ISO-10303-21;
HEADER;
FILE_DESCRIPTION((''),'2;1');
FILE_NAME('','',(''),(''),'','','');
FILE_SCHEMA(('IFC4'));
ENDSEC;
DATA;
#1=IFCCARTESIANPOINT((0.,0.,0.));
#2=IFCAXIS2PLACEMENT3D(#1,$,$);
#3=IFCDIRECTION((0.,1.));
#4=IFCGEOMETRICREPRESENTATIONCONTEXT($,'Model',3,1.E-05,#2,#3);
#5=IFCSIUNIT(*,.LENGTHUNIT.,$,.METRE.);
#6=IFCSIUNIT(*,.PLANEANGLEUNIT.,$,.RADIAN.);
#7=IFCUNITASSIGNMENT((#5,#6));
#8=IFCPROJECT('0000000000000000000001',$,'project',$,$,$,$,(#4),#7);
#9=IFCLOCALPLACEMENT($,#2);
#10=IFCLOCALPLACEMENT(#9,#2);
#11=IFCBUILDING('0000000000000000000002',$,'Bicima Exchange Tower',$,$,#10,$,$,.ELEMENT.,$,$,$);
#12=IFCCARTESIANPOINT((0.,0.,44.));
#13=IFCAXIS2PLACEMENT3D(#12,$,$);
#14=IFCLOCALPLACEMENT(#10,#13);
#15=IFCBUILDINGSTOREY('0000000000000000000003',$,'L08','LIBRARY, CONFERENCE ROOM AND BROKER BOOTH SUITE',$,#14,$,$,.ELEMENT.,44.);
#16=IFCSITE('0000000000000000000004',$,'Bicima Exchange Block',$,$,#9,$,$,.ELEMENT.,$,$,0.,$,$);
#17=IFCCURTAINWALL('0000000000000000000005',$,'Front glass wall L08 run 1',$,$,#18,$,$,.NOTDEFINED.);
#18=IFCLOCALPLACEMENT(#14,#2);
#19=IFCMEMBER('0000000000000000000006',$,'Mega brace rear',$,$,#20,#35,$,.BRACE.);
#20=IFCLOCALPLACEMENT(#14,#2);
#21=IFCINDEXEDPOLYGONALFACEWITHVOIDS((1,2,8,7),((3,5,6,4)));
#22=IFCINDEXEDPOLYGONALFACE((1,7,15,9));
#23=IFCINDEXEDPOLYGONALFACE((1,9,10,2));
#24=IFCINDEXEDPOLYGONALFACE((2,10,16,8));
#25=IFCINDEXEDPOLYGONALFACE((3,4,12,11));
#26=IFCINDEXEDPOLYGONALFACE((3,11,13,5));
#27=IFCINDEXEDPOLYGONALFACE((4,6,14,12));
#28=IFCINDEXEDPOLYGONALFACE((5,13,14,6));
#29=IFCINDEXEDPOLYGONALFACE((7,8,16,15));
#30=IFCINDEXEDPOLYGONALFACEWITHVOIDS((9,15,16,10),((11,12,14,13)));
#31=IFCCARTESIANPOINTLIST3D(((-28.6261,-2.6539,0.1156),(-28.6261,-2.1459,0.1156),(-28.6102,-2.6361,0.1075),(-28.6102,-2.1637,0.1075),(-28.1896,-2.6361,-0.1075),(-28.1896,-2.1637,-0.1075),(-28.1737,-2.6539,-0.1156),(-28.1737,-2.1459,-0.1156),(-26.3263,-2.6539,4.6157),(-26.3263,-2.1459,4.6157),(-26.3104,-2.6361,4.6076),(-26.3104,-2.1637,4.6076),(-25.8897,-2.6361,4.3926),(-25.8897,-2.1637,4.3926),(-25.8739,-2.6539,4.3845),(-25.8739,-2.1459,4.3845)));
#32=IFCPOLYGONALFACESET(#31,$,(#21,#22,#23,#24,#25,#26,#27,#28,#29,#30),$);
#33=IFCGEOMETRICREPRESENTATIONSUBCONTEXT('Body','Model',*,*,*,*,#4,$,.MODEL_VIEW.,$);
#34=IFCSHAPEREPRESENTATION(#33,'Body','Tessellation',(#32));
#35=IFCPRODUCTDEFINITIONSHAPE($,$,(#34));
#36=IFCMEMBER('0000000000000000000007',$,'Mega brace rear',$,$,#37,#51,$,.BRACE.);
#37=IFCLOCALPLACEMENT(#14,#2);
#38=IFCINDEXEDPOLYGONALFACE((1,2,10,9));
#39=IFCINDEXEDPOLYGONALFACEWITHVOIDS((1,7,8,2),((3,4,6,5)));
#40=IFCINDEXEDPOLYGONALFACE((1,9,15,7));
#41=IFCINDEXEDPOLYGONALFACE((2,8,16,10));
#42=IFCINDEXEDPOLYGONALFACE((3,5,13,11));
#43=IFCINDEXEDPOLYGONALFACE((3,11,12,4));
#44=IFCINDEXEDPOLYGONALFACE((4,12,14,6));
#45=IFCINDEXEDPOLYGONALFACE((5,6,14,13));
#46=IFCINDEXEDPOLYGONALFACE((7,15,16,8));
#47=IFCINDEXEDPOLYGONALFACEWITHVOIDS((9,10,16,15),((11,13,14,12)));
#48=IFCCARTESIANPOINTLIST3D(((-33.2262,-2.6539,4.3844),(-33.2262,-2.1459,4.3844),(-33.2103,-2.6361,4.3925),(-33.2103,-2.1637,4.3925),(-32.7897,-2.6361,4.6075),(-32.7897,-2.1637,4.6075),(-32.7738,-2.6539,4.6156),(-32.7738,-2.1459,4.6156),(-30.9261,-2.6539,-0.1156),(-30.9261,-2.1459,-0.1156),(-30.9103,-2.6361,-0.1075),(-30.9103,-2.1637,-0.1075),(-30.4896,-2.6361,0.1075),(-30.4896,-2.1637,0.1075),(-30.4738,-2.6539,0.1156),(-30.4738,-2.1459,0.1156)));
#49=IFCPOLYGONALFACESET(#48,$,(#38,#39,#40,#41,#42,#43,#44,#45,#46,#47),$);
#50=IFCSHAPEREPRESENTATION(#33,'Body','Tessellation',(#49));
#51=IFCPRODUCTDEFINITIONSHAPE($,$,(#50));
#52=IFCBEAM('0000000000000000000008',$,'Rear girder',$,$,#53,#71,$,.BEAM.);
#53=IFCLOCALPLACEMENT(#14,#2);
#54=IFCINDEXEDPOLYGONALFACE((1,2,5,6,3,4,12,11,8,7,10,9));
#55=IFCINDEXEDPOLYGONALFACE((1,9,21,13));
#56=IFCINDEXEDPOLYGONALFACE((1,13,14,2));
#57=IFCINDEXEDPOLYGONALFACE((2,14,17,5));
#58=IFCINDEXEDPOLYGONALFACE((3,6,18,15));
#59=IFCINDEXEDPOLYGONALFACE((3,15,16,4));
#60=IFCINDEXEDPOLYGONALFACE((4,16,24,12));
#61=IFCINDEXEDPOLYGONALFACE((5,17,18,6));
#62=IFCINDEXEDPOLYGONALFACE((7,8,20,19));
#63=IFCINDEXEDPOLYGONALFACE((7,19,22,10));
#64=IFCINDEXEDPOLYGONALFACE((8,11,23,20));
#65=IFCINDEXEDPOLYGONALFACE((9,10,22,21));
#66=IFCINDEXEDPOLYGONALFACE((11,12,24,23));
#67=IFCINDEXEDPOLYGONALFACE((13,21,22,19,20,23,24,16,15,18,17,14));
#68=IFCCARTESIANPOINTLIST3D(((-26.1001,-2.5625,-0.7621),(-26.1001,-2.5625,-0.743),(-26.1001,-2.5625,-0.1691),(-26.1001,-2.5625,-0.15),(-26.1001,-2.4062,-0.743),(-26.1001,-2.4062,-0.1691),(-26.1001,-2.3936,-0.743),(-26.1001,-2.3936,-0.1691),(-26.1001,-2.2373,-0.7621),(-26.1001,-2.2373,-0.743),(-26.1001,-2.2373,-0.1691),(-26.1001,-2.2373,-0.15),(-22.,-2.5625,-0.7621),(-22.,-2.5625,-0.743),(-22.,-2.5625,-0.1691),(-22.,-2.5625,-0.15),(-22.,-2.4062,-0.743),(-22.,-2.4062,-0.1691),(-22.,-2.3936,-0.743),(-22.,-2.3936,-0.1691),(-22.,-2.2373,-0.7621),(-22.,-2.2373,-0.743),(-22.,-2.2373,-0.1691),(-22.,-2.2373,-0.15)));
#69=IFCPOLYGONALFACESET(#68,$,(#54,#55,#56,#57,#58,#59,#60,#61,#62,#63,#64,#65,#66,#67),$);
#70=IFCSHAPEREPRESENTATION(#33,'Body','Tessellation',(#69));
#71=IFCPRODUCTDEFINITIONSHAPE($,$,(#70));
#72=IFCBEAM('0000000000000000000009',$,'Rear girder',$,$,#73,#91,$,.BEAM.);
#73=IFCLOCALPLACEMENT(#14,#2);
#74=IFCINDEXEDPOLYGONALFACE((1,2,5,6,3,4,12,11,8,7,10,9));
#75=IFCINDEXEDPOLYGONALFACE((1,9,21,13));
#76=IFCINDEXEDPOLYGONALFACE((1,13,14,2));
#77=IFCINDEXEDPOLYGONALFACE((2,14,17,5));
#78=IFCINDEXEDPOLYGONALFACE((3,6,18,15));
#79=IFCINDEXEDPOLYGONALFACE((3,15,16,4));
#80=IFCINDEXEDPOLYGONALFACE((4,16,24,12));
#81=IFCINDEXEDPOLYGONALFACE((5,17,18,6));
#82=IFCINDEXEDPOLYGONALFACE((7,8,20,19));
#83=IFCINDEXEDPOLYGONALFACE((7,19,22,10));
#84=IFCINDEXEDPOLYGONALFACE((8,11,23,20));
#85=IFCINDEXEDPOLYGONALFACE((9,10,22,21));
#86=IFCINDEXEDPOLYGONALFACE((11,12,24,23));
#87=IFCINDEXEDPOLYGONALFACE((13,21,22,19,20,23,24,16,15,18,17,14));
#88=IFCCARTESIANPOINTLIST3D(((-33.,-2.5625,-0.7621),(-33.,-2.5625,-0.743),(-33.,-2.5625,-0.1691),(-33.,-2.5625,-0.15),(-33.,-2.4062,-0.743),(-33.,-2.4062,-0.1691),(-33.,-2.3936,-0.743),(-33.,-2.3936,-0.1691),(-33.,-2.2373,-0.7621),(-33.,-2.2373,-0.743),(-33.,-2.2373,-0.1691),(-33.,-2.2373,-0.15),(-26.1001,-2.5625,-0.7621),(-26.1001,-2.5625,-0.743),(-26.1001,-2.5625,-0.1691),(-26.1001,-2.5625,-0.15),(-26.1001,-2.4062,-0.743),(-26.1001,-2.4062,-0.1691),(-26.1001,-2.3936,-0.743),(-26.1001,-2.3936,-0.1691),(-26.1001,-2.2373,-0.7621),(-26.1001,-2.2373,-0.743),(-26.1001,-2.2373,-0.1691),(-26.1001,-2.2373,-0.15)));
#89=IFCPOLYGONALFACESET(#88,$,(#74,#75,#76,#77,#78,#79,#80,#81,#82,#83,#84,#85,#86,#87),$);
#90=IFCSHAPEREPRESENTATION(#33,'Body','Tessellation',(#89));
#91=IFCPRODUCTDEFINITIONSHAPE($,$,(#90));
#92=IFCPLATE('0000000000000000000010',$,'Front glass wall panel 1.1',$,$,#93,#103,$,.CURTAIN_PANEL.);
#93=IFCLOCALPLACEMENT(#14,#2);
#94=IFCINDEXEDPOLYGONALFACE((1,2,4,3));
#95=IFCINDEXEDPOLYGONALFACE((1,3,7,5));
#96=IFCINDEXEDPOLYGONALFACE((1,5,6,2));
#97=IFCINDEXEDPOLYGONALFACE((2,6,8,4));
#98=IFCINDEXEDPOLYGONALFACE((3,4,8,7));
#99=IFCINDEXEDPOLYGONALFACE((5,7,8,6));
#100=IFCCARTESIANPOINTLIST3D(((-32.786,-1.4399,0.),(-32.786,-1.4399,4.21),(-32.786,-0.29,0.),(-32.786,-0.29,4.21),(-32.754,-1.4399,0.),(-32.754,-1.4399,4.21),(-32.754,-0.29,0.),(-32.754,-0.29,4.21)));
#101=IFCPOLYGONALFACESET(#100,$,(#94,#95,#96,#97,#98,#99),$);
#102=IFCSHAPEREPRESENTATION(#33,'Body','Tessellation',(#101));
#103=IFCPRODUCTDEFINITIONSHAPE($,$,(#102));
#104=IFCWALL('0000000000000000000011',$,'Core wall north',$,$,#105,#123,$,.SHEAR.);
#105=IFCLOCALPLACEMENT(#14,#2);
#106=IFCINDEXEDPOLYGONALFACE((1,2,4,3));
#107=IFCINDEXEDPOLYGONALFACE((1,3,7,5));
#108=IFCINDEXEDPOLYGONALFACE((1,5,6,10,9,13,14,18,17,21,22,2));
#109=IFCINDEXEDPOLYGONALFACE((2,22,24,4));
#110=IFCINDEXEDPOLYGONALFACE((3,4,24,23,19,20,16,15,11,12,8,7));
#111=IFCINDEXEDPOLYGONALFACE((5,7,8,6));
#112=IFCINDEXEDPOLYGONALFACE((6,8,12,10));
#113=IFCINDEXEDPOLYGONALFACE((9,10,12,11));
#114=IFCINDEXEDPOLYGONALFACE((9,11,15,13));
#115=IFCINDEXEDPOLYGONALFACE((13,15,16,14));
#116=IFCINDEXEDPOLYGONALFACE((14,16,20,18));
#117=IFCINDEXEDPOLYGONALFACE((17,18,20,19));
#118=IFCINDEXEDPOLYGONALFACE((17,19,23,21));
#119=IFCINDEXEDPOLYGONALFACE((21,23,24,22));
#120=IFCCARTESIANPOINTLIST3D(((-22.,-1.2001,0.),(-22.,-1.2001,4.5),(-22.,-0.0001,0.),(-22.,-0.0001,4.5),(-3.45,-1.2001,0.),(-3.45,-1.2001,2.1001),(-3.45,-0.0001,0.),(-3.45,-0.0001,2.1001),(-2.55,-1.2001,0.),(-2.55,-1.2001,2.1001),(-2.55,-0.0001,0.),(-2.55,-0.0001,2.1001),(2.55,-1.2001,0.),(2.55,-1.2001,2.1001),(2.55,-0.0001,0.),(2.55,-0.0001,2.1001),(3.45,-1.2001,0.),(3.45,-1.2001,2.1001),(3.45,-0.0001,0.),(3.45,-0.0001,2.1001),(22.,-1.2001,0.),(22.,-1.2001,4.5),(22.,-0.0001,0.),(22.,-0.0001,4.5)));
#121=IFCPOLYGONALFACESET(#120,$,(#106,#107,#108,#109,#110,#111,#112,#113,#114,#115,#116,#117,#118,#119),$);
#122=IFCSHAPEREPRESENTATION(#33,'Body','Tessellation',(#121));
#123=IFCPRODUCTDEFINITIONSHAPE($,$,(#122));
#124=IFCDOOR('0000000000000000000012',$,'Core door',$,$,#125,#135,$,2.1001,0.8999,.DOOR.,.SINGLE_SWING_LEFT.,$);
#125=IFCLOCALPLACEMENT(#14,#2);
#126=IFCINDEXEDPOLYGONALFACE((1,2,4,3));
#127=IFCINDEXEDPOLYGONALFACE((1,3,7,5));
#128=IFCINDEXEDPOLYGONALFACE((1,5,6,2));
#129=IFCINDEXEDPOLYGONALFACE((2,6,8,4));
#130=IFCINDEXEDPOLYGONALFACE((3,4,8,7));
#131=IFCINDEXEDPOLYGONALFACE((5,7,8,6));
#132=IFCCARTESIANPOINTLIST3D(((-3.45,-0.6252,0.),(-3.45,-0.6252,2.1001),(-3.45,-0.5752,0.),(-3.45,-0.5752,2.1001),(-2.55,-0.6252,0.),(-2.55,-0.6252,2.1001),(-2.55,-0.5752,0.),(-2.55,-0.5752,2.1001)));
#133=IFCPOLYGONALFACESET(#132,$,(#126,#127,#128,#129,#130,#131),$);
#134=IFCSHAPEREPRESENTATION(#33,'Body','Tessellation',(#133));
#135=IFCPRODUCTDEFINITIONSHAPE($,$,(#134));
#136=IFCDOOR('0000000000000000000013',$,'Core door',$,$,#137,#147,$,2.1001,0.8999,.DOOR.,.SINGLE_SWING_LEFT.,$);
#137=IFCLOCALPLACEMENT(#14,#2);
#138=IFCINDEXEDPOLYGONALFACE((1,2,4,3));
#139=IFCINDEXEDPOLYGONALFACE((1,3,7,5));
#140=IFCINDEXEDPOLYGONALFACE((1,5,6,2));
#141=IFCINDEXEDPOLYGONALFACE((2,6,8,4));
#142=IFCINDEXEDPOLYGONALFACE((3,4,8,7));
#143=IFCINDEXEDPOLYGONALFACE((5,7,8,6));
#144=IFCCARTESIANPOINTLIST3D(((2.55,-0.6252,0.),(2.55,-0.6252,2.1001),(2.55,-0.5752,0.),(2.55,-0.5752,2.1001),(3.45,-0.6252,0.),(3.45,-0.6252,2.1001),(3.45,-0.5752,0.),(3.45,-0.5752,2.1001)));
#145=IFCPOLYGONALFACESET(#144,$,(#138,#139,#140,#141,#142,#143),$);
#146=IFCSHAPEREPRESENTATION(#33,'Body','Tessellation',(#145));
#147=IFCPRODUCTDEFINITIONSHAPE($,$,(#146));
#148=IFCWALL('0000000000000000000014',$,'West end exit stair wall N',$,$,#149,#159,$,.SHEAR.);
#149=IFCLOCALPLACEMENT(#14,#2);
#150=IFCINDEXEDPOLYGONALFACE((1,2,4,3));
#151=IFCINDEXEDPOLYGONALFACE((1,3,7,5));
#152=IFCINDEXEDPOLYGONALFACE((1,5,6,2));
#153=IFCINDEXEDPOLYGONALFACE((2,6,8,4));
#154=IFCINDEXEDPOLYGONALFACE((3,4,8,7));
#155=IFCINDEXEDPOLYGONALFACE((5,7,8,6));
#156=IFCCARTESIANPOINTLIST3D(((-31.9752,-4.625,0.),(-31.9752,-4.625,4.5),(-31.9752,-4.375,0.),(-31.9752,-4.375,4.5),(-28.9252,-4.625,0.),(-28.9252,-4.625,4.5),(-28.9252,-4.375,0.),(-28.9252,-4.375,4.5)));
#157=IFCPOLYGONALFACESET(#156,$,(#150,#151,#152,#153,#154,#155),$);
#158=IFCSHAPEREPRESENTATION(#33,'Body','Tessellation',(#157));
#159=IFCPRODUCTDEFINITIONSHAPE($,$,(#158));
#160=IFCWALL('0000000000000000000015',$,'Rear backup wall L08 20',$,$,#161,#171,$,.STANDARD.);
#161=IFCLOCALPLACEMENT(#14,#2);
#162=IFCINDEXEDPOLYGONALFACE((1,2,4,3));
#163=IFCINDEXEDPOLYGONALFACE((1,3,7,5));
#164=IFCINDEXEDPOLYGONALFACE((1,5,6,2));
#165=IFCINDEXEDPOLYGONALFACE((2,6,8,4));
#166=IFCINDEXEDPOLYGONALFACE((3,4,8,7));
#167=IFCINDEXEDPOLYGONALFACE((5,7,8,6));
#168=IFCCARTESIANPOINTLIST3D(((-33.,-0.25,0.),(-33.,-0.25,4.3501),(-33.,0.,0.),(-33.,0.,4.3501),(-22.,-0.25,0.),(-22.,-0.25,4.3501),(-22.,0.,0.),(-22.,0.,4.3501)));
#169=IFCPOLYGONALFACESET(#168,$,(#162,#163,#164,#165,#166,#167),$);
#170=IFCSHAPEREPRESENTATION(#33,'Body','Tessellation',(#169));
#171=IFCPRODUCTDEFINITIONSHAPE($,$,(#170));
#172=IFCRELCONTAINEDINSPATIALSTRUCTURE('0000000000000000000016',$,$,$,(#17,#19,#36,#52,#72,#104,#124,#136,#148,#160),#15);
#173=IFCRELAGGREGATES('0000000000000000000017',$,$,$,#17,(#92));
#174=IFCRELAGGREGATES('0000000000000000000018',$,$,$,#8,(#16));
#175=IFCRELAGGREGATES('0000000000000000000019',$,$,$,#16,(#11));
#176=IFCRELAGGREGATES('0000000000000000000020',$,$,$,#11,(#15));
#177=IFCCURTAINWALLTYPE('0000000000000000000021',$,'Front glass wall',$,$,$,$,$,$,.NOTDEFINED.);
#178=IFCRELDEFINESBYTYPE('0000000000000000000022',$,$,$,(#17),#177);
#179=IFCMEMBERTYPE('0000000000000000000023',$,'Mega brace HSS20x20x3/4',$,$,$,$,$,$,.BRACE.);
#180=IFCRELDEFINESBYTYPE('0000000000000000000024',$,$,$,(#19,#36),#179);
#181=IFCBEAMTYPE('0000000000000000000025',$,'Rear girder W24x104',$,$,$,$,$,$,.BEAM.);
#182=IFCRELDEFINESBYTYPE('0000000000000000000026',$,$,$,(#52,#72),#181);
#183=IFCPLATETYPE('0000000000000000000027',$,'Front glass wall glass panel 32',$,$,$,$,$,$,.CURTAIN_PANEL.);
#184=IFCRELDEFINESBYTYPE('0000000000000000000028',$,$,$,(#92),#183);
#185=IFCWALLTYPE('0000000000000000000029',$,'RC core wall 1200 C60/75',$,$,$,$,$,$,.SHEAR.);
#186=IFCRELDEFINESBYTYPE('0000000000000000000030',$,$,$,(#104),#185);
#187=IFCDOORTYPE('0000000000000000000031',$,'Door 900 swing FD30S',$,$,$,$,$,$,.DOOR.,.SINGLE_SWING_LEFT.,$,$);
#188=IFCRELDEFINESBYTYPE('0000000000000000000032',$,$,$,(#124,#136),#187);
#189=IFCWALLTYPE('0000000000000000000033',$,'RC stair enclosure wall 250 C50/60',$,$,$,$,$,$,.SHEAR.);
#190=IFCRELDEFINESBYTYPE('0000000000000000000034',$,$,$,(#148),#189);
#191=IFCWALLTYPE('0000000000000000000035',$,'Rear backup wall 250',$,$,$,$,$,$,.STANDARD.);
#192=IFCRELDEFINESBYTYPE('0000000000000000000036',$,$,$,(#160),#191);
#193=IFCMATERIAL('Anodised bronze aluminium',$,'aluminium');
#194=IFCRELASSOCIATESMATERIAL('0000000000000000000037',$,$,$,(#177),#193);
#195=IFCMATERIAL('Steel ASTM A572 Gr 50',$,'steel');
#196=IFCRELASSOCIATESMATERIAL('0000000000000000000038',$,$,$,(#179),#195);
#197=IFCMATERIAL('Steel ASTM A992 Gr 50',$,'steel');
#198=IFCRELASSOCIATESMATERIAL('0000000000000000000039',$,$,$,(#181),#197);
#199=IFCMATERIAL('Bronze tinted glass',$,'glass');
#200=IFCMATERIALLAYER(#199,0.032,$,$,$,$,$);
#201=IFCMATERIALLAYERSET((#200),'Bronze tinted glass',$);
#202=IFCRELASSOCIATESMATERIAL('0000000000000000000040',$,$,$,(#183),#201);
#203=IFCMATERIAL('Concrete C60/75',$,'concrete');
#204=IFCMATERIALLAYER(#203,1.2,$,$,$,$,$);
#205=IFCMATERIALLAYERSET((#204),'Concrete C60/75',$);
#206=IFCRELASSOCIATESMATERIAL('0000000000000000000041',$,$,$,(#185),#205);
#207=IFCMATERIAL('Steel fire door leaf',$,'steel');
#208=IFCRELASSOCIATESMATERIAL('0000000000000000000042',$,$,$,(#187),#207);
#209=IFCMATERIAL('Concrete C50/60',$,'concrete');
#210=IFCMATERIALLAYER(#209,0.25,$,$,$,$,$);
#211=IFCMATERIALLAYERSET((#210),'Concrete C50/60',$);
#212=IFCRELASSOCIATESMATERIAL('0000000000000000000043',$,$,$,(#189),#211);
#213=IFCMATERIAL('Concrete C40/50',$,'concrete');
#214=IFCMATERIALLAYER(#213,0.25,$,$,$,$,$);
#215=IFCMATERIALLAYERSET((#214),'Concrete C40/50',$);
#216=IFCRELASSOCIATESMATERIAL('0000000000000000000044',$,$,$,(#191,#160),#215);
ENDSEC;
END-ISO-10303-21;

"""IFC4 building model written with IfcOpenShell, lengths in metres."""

from ifc_helpers import new_model, si_unit, direction, frame, frame_2d, origin, origin_2d, place, context, subcontext, project, spatial, rectangle, hollow_rectangle, i_section, extrude, material, layer, layer_set, layer_usage, material_profile, profile_set, type_object, element, fill, aggregate, save


model = new_model("IFC4")

# Units and contexts
model_context = context("Model", 3, precision=1e-05, world=origin(), true_north=direction((0.0, 1.0)))
body_context = subcontext(model_context, "Body", "Model", "MODEL_VIEW")
ifc_project = project(units=[si_unit("LENGTHUNIT", "METRE"), si_unit("PLANEANGLEUNIT", "RADIAN")], contexts=[model_context])

# Site, building, storey
site_placement = place(None, origin())
site = spatial("IfcSite", under=ifc_project, at=site_placement, Name="Bicima Exchange Block", CompositionType="ELEMENT", RefElevation=0.0)
building_placement = place(site_placement, origin())
building = spatial("IfcBuilding", under=site, at=building_placement, Name="Bicima Exchange Tower", CompositionType="ELEMENT")
storey_placement = place(building_placement, frame((0.0, 0.0, 44.0)))
storey = spatial("IfcBuildingStorey", under=building, at=storey_placement, Name="L08", Description="LIBRARY, CONFERENCE ROOM AND BROKER BOOTH SUITE", CompositionType="ELEMENT", Elevation=44.0)

# Shared definitions
ifc_material_1 = material(Name="Steel ASTM A572 Gr 50", Category="steel")
ifc_material_2 = material(Name="Steel ASTM A992 Gr 50", Category="steel")

# Curtain wall
ifc_material_3 = material(Name="Anodised bronze aluminium", Category="aluminium")
curtain_wall_type = type_object("IfcCurtainWallType", Name="Front glass wall", PredefinedType="NOTDEFINED", material=ifc_material_3)
curtain_wall_placement = place(storey_placement, origin())
curtain_wall = element("IfcCurtainWall", 1, at=curtain_wall_placement, inside=storey, type_object=curtain_wall_type, Name="Front glass wall L08 run 1", PredefinedType="NOTDEFINED")

# Members
ifc_material_profile_1 = material_profile(ifc_material_1, hollow_rectangle(XDim=0.5081, YDim=0.5081, WallThickness=0.0178, at=origin_2d()))
ifc_profile_set_1 = profile_set([ifc_material_profile_1], Name="Steel ASTM A572 Gr 50")
member_type_1 = type_object("IfcMemberType", Name="Mega brace HSS20x20x3/4", PredefinedType="BRACE", material=ifc_profile_set_1)
for number, where, z_axis, x_axis, name in (
    (2, (-28.3999, -2.3999, 0.0), (0.45508, 0.0, 0.89045), (0.0, 1.0, 0.0), "Mega brace rear"),
    (3, (-30.7, -2.3999, 0.0), (-0.455119, 0.0, 0.890431), (0.0, -1.0, 0.0), "Mega brace rear"),
):
    element("IfcMember", number, at=place(storey_placement, frame(where, z_axis=z_axis, x_axis=x_axis)), inside=storey, type_object=member_type_1, Name=name, PredefinedType="BRACE", context=body_context, shape_type="SweptSolid", body=[
        extrude(hollow_rectangle(XDim=0.5081, YDim=0.5081, WallThickness=0.0178, at=origin_2d()), origin(), (0.0, 0.0, 1.0), 5.0537),
    ])

# Beams
ifc_material_profile_2 = material_profile(ifc_material_2, i_section(OverallWidth=0.3252, OverallDepth=0.6121, WebThickness=0.0127, FlangeThickness=0.019, at=origin_2d()))
ifc_profile_set_2 = profile_set([ifc_material_profile_2], Name="Steel ASTM A992 Gr 50")
beam_type_1 = type_object("IfcBeamType", Name="Rear girder W24x104", PredefinedType="BEAM", material=ifc_profile_set_2)
beam_1_placement = place(storey_placement, frame((-22.0, -2.3999, -0.4561), z_axis=(-1.0, 0.0, 0.0), x_axis=(0.0, -1.0, 0.0)))
element("IfcBeam", 4, at=beam_1_placement, inside=storey, type_object=beam_type_1, Name="Rear girder", PredefinedType="BEAM", context=body_context, shape_type="SweptSolid", body=[
    extrude(i_section(OverallWidth=0.3252, OverallDepth=0.6121, WebThickness=0.0127, FlangeThickness=0.019, at=origin_2d()), origin(), (0.0, 0.0, 1.0), 4.1001),
])
beam_2_placement = place(storey_placement, frame((-26.1001, -2.3999, -0.4561), z_axis=(-1.0, 0.0, 0.0), x_axis=(0.0, -1.0, 0.0)))
element("IfcBeam", 5, at=beam_2_placement, inside=storey, type_object=beam_type_1, Name="Rear girder", PredefinedType="BEAM", context=body_context, shape_type="SweptSolid", body=[
    extrude(i_section(OverallWidth=0.3252, OverallDepth=0.6121, WebThickness=0.0127, FlangeThickness=0.019, at=origin_2d()), origin(), (0.0, 0.0, 1.0), 6.8999),
])

# Plate
ifc_material_4 = material(Name="Bronze tinted glass", Category="glass")
ifc_layer_1 = layer(ifc_material_4, 0.032)
ifc_layer_set_1 = layer_set([ifc_layer_1], Name="Bronze tinted glass")
plate_type = type_object("IfcPlateType", Name="Front glass wall glass panel 32", PredefinedType="CURTAIN_PANEL", material=ifc_layer_set_1)
plate_placement = place(storey_placement, frame((-32.77, -0.865, 0.0), z_axis=(0.0, 0.0, 1.0), x_axis=(0.0, -1.0, 0.0)))
plate = element("IfcPlate", 6, at=plate_placement, type_object=plate_type, Name="Front glass wall panel 1.1", PredefinedType="CURTAIN_PANEL", context=body_context, shape_type="SweptSolid", body=[
    extrude(rectangle(XDim=1.1499, YDim=0.032, at=origin_2d()), origin(), (0.0, 0.0, 1.0), 4.21),
])
aggregate(curtain_wall, [plate])

# Wall, openings, doors
ifc_material_5 = material(Name="Concrete C60/75", Category="concrete")
ifc_layer_2 = layer(ifc_material_5, 1.2)
ifc_layer_set_2 = layer_set([ifc_layer_2], Name="Concrete C60/75")
wall_type_1 = type_object("IfcWallType", Name="RC core wall 1200 C60/75", PredefinedType="SHEAR", material=ifc_layer_set_2)
wall_1_placement = place(storey_placement, frame((-22.0, -0.6001, 0.0), z_axis=(0.0, 0.0, 1.0), x_axis=(1.0, 0.0, 0.0)))
wall_1 = element("IfcWall", 7, at=wall_1_placement, inside=storey, type_object=wall_type_1, Name="Core wall north", PredefinedType="SHEAR", context=body_context, shape_type="SweptSolid", body=[
    extrude(rectangle(XDim=44.0, YDim=1.2, at=frame_2d((22.0, 0.0))), origin(), (0.0, 0.0, 1.0), 4.5),
])
opening_1_placement = place(wall_1_placement, frame((18.55, 0.0, 0.0)))
opening_1 = element("IfcOpeningElement", 8, at=opening_1_placement, cuts=wall_1, PredefinedType="OPENING", context=body_context, shape_type="SweptSolid", body=[
    extrude(rectangle(XDim=0.8999, YDim=2.1001, at=frame_2d((0.45, 1.05))), frame((0.0, 0.6118, 0.0), z_axis=(0.0, -1.0, 0.0), x_axis=(1.0, 0.0, 0.0)), (0.0, 0.0, 1.0), 1.2239),
])
opening_2_placement = place(wall_1_placement, frame((24.55, 0.0, 0.0)))
opening_2 = element("IfcOpeningElement", 9, at=opening_2_placement, cuts=wall_1, PredefinedType="OPENING", context=body_context, shape_type="SweptSolid", body=[
    extrude(rectangle(XDim=0.8999, YDim=2.1001, at=frame_2d((0.45, 1.05))), frame((0.0, 0.6118, 0.0), z_axis=(0.0, -1.0, 0.0), x_axis=(1.0, 0.0, 0.0)), (0.0, 0.0, 1.0), 1.2239),
])
ifc_material_6 = material(Name="Steel fire door leaf", Category="steel")
door_type = type_object("IfcDoorType", Name="Door 900 swing FD30S", OperationType="SINGLE_SWING_LEFT", PredefinedType="DOOR", material=ifc_material_6)
door_1_placement = place(opening_1_placement, origin())
door_1 = element("IfcDoor", 10, at=door_1_placement, inside=storey, type_object=door_type, Name="Core door", OperationType="SINGLE_SWING_LEFT", OverallHeight=2.1001, OverallWidth=0.8999, PredefinedType="DOOR", context=body_context, shape_type="SweptSolid", body=[
    extrude(rectangle(XDim=0.8999, YDim=2.1001, at=frame_2d((0.45, 1.05))), frame((0.0, 0.0249, 0.0), z_axis=(0.0, -1.0, 0.0), x_axis=(1.0, 0.0, 0.0)), (0.0, 0.0, 1.0), 0.05),
])
fill(opening_1, door_1)
door_2_placement = place(opening_2_placement, origin())
door_2 = element("IfcDoor", 11, at=door_2_placement, inside=storey, type_object=door_type, Name="Core door", OperationType="SINGLE_SWING_LEFT", OverallHeight=2.1001, OverallWidth=0.8999, PredefinedType="DOOR", context=body_context, shape_type="SweptSolid", body=[
    extrude(rectangle(XDim=0.8999, YDim=2.1001, at=frame_2d((0.45, 1.05))), frame((0.0, 0.0249, 0.0), z_axis=(0.0, -1.0, 0.0), x_axis=(1.0, 0.0, 0.0)), (0.0, 0.0, 1.0), 0.05),
])
fill(opening_2, door_2)

# Walls
ifc_material_7 = material(Name="Concrete C50/60", Category="concrete")
ifc_layer_3 = layer(ifc_material_7, 0.25)
ifc_layer_set_3 = layer_set([ifc_layer_3], Name="Concrete C50/60")
wall_type_2 = type_object("IfcWallType", Name="RC stair enclosure wall 250 C50/60", PredefinedType="SHEAR", material=ifc_layer_set_3)
wall_2_placement = place(storey_placement, frame((-31.9751, -4.5, 0.0), z_axis=(0.0, 0.0, 1.0), x_axis=(1.0, 0.0, 0.0)))
element("IfcWall", 12, at=wall_2_placement, inside=storey, type_object=wall_type_2, Name="West end exit stair wall N", PredefinedType="SHEAR", context=body_context, shape_type="SweptSolid", body=[
    extrude(rectangle(XDim=3.05, YDim=0.25, at=frame_2d((1.5249, 0.0))), origin(), (0.0, 0.0, 1.0), 4.5),
])
ifc_material_8 = material(Name="Concrete C40/50", Category="concrete")
ifc_layer_4 = layer(ifc_material_8, 0.25)
ifc_layer_set_4 = layer_set([ifc_layer_4], Name="Concrete C40/50")
ifc_layer_usage = layer_usage(ifc_layer_set_4, "AXIS2", "POSITIVE", -0.125)
wall_type_3 = type_object("IfcWallType", Name="Rear backup wall 250", PredefinedType="STANDARD", material=ifc_layer_set_4)
wall_3_placement = place(storey_placement, frame((-22.0, -0.125, 0.0), z_axis=(0.0, 0.0, 1.0), x_axis=(-1.0, 0.0, 0.0)))
element("IfcWall", 13, at=wall_3_placement, inside=storey, type_object=wall_type_3, material=ifc_layer_usage, Name="Rear backup wall L08 20", PredefinedType="STANDARD", context=body_context, shape_type="SweptSolid", body=[
    extrude(rectangle(XDim=11.0, YDim=0.25, at=frame_2d((5.5, 0.0))), origin(), (0.0, 0.0, 1.0), 4.3501),
])

save(model, "model.ifc")
